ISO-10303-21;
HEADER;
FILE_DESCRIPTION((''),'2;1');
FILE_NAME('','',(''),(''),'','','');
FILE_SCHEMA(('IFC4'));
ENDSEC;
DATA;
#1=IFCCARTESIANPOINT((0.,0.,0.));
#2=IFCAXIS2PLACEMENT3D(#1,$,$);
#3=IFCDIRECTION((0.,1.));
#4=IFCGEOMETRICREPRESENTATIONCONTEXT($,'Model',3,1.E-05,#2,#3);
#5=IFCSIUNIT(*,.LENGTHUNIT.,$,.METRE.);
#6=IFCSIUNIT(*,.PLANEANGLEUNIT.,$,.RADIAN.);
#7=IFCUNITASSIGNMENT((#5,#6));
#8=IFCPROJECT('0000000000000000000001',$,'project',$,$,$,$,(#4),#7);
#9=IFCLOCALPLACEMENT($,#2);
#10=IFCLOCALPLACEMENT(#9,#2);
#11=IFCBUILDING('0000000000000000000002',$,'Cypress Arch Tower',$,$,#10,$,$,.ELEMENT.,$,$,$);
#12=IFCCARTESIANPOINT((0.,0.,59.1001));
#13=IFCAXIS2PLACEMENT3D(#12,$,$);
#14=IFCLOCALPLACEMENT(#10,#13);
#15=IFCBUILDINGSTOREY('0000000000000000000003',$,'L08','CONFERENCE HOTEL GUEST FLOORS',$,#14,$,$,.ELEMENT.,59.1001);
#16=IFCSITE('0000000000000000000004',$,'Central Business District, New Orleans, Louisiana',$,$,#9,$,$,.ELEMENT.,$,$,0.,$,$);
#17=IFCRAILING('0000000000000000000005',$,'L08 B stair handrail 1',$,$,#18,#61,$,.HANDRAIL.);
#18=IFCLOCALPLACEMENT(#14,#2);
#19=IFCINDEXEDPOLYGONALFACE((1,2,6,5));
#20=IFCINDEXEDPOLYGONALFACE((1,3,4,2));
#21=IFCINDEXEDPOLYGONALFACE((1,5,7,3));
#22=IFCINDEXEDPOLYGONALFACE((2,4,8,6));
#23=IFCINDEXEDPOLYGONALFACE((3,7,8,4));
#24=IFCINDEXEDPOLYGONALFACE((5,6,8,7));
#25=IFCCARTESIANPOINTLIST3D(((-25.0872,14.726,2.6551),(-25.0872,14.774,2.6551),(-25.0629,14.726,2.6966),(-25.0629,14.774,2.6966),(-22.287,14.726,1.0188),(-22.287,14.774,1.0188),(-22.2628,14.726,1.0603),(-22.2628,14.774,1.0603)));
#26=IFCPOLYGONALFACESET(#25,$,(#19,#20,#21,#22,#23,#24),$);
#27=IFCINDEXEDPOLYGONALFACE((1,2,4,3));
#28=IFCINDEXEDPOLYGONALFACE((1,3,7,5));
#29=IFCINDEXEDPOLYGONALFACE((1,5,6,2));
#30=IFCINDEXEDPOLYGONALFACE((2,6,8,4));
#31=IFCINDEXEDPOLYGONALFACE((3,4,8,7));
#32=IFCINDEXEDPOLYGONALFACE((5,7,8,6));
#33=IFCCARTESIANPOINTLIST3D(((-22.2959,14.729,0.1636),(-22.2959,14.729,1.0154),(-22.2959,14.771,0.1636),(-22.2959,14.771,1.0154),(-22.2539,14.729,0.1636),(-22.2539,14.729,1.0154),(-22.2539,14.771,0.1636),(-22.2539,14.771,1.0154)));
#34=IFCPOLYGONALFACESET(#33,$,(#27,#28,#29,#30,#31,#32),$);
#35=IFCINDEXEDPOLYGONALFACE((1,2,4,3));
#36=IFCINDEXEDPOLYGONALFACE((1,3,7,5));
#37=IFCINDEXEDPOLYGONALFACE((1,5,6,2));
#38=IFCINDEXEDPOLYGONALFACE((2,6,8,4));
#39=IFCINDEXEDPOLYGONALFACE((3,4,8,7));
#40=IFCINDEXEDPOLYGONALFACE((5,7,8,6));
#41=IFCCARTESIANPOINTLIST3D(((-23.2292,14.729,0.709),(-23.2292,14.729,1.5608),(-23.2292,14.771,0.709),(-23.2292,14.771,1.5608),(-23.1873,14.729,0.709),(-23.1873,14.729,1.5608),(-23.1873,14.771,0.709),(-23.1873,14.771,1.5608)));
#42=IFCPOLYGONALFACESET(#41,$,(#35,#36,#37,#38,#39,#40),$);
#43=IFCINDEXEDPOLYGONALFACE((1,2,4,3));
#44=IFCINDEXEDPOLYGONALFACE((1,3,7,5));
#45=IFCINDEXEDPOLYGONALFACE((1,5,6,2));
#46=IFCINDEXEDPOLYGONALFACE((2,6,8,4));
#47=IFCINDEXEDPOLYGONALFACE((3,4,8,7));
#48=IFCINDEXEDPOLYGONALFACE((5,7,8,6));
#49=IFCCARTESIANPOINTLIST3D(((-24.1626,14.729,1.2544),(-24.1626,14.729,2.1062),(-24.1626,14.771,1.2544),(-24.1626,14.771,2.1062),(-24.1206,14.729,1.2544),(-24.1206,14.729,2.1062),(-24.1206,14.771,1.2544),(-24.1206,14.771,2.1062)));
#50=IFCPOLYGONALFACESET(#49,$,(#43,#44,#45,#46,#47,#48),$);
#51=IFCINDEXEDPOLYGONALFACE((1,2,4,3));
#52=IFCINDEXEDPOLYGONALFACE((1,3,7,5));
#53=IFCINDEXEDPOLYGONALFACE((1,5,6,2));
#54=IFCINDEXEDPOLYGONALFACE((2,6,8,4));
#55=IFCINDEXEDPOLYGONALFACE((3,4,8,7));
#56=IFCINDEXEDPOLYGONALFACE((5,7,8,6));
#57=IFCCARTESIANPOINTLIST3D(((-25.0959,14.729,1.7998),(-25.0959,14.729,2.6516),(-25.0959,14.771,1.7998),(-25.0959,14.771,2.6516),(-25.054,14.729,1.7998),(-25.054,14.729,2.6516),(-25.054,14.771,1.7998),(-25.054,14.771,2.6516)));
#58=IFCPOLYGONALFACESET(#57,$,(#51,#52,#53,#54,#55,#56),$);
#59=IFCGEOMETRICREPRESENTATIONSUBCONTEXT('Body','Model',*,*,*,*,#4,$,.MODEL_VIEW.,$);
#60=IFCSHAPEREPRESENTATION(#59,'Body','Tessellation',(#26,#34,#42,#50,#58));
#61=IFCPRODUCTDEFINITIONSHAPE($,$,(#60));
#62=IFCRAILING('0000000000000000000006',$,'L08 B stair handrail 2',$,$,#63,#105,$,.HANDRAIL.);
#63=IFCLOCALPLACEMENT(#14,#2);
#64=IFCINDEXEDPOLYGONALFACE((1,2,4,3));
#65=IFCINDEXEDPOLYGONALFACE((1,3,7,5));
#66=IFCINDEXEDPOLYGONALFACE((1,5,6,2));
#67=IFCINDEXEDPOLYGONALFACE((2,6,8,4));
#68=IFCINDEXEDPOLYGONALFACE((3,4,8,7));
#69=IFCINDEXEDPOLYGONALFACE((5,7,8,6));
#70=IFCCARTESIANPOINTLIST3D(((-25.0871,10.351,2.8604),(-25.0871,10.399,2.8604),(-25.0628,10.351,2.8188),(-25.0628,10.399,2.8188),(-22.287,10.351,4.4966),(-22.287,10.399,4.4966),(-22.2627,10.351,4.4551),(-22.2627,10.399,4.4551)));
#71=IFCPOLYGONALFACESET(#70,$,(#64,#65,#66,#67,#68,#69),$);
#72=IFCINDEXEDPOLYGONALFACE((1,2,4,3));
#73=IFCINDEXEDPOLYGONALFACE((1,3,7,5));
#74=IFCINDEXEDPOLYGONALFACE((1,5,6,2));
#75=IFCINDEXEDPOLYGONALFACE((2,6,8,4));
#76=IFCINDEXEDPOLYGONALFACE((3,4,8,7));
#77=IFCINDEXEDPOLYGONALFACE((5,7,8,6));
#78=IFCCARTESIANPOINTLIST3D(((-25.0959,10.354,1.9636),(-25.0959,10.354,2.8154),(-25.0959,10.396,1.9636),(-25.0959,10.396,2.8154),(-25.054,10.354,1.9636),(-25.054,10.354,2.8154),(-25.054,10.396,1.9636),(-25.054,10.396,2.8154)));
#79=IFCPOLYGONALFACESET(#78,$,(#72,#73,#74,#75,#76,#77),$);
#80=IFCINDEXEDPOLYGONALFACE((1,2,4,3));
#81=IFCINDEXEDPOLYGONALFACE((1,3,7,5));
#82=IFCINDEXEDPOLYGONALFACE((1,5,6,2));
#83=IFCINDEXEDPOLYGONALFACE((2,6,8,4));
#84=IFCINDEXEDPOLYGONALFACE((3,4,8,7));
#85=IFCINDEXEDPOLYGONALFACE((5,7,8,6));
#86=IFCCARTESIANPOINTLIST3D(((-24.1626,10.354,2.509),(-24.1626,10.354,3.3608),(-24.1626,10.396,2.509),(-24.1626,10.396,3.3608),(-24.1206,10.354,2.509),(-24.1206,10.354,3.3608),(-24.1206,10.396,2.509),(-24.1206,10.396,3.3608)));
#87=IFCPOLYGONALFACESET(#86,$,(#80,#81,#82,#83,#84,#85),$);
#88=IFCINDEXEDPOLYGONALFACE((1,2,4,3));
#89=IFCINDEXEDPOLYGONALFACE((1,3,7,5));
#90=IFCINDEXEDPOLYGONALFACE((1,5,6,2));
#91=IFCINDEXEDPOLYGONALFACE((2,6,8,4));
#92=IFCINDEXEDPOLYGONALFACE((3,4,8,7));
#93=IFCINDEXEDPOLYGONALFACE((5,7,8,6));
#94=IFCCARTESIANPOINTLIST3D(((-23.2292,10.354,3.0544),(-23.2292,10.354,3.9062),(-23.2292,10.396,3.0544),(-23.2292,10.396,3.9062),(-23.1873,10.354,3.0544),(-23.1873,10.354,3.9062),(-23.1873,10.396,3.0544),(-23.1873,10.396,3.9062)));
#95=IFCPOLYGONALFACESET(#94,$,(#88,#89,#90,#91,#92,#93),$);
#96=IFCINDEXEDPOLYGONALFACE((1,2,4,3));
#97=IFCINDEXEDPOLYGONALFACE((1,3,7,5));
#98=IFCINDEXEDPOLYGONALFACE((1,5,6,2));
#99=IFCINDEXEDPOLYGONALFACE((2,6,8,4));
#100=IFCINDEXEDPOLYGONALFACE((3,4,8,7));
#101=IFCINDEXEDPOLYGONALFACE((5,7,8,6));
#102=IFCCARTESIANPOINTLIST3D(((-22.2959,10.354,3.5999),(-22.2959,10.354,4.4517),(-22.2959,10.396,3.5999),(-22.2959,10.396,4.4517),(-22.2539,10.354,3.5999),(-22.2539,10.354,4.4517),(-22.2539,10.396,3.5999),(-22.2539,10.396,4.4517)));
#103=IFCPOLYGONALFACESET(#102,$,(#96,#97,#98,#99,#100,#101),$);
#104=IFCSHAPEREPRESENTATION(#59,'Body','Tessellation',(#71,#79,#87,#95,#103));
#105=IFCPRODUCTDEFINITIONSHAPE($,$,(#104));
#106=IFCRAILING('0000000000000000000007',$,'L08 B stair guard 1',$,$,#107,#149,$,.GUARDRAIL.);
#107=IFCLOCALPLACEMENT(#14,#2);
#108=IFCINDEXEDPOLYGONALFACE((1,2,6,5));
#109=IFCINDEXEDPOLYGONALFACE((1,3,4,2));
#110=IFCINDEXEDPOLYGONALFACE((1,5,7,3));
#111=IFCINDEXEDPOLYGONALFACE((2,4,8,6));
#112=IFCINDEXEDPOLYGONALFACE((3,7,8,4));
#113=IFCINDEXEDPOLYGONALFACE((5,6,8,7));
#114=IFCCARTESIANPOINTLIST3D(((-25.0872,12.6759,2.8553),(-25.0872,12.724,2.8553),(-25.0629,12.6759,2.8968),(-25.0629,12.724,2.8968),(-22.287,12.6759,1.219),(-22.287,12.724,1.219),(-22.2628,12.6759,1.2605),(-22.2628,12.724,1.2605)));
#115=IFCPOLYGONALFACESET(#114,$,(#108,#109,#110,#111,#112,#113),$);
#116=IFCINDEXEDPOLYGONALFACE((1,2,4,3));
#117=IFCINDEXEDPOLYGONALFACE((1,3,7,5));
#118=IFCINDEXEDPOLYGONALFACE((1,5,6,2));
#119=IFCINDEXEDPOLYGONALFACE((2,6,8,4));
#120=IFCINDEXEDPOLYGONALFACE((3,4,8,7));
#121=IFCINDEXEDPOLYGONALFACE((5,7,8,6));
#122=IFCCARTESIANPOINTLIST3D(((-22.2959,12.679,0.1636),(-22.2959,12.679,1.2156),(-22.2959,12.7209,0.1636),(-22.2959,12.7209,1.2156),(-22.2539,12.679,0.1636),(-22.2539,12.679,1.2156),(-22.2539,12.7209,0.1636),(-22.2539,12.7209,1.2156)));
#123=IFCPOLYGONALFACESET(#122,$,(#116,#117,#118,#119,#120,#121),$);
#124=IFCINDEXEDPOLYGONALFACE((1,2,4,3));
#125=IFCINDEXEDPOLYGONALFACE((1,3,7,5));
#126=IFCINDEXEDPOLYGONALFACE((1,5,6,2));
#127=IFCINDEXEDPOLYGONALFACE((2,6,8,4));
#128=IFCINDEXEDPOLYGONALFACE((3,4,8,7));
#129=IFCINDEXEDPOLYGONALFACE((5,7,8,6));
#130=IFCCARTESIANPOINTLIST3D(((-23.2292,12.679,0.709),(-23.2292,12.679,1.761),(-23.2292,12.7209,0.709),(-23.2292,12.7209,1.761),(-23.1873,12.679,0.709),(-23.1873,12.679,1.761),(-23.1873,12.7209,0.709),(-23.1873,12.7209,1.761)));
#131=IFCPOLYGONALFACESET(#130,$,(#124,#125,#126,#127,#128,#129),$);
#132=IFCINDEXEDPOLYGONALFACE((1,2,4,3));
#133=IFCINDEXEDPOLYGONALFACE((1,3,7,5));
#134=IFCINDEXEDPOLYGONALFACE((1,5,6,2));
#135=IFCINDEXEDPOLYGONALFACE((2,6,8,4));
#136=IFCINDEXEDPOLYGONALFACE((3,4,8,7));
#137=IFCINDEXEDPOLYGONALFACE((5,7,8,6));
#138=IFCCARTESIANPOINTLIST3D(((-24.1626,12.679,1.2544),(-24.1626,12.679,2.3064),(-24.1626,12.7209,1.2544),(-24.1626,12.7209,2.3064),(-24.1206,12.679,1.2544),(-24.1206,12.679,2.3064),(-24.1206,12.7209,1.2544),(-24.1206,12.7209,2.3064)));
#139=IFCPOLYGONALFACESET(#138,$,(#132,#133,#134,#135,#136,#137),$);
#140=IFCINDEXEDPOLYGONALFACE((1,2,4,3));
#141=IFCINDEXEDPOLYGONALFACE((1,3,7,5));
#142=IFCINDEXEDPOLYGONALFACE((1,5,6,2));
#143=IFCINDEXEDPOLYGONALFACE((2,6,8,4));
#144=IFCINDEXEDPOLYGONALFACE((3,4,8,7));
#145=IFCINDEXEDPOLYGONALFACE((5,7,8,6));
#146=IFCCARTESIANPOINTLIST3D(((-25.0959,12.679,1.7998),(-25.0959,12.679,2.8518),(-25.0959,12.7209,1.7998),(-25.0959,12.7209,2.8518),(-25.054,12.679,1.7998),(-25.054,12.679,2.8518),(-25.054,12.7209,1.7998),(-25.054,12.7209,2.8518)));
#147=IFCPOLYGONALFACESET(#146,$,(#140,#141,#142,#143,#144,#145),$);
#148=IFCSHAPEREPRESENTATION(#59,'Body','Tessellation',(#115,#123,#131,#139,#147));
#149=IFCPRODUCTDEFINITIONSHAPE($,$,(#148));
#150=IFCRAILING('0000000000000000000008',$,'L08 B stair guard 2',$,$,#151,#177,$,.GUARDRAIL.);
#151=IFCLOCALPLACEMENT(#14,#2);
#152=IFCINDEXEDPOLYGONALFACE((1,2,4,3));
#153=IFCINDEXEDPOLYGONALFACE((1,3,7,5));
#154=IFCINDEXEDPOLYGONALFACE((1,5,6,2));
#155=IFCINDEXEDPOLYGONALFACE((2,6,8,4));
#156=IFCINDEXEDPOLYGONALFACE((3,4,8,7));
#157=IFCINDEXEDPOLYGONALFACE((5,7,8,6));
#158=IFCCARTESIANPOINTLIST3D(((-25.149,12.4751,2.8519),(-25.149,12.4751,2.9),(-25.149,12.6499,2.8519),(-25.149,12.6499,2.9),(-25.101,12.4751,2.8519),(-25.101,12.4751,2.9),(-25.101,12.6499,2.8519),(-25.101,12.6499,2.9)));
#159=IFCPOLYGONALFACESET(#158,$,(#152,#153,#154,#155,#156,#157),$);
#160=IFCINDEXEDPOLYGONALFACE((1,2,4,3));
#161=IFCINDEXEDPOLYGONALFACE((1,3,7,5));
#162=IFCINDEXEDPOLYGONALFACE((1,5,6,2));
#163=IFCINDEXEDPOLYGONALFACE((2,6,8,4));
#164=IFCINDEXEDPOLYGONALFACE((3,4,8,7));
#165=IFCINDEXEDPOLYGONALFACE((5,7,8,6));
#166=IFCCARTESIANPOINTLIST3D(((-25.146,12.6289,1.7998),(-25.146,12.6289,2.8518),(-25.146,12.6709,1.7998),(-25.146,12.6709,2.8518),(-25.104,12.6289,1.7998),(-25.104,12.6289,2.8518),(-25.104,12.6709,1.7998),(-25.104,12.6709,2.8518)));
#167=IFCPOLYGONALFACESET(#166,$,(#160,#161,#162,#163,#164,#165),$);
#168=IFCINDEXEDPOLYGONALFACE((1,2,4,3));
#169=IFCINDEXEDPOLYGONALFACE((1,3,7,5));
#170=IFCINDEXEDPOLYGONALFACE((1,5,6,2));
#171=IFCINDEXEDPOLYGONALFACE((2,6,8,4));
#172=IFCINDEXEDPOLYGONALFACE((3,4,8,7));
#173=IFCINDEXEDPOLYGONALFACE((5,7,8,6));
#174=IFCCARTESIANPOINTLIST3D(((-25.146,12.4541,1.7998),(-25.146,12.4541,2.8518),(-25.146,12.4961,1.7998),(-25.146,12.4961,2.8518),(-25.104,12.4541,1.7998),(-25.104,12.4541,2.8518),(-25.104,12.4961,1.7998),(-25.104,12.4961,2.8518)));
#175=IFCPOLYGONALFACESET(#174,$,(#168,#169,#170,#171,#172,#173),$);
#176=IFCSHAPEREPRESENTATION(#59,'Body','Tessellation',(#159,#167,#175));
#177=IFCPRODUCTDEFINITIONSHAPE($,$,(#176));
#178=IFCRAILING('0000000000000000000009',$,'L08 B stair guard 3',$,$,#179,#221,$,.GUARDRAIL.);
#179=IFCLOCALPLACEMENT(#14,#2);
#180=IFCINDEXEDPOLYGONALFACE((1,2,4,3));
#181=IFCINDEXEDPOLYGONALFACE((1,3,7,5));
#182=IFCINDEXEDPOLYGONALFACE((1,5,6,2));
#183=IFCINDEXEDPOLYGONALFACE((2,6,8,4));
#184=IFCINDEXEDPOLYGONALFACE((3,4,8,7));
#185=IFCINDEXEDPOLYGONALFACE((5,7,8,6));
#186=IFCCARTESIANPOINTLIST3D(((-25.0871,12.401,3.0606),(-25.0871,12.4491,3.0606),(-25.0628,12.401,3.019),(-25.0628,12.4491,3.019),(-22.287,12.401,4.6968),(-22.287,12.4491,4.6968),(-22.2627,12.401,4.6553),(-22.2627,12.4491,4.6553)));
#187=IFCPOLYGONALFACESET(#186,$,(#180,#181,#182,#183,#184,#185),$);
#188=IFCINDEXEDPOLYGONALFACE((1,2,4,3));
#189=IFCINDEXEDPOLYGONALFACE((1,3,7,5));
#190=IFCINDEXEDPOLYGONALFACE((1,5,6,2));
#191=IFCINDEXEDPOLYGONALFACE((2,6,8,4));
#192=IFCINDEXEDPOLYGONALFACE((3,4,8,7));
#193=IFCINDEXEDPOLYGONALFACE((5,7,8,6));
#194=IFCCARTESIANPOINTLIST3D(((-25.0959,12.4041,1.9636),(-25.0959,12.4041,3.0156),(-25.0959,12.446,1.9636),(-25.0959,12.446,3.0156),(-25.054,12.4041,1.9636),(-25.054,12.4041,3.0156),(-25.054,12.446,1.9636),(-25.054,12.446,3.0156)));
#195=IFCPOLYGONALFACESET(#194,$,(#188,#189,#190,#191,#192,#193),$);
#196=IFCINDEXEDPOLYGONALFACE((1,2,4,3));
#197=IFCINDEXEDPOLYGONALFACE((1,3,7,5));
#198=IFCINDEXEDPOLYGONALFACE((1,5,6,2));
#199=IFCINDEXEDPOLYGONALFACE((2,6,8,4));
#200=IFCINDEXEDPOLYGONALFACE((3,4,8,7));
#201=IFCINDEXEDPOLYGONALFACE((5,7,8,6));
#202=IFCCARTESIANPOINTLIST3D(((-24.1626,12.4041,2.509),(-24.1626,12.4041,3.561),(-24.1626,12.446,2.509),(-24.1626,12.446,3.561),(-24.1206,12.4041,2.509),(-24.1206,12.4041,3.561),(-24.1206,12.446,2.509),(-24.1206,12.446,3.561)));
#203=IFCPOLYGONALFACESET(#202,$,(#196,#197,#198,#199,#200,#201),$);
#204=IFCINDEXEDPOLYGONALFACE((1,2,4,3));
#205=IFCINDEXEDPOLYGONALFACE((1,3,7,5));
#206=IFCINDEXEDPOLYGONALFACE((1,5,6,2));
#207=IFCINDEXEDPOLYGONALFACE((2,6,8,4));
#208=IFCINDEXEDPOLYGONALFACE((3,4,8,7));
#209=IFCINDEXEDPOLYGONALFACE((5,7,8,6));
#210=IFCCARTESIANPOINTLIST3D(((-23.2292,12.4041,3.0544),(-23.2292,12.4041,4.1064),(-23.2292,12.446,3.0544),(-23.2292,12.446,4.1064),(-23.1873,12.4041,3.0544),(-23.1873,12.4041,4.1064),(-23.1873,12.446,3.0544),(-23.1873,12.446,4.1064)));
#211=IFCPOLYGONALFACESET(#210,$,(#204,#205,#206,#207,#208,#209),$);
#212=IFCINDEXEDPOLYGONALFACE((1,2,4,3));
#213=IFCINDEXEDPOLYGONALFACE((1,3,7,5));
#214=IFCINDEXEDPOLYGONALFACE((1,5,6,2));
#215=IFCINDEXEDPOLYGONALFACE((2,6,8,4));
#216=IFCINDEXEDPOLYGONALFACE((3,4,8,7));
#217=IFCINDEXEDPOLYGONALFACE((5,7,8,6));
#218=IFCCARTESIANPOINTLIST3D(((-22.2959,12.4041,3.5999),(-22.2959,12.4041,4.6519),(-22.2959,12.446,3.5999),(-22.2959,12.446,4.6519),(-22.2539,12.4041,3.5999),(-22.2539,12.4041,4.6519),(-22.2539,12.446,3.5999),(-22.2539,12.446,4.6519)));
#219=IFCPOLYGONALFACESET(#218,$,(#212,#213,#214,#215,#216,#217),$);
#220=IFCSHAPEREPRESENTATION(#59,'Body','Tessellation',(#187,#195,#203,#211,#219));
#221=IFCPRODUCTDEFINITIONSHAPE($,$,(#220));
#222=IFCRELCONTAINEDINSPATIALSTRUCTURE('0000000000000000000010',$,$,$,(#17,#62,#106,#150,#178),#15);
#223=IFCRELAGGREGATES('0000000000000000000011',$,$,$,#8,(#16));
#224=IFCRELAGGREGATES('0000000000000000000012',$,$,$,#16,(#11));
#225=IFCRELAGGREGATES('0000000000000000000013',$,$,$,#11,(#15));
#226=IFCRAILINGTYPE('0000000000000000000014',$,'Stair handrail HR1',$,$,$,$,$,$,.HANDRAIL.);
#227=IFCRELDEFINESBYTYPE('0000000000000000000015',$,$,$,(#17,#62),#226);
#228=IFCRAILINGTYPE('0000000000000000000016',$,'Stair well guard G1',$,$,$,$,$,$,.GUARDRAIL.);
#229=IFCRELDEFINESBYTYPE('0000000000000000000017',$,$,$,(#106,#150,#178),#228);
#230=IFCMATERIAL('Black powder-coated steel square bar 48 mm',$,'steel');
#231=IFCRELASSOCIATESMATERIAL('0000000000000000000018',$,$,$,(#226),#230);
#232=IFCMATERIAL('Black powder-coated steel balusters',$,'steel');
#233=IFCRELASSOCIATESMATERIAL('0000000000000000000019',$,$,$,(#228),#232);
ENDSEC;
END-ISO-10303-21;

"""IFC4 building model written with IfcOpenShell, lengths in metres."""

from ifc_helpers import new_model, si_unit, direction, frame, origin, origin_2d, place, context, subcontext, project, spatial, rectangle, extrude, material, type_object, element, save


model = new_model("IFC4")

# Units and contexts
model_context = context("Model", 3, precision=1e-05, world=origin(), true_north=direction((0.0, 1.0)))
body_context = subcontext(model_context, "Body", "Model", "MODEL_VIEW")
ifc_project = project(units=[si_unit("LENGTHUNIT", "METRE"), si_unit("PLANEANGLEUNIT", "RADIAN")], contexts=[model_context])

# Site, building, storey
site_placement = place(None, origin())
site = spatial("IfcSite", under=ifc_project, at=site_placement, Name="Central Business District, New Orleans, Louisiana", CompositionType="ELEMENT", RefElevation=0.0)
building_placement = place(site_placement, origin())
building = spatial("IfcBuilding", under=site, at=building_placement, Name="Cypress Arch Tower", CompositionType="ELEMENT")
storey_placement = place(building_placement, frame((0.0, 0.0, 59.1001)))
storey = spatial("IfcBuildingStorey", under=building, at=storey_placement, Name="L08", Description="CONFERENCE HOTEL GUEST FLOORS", CompositionType="ELEMENT", Elevation=59.1001)

# Railings
ifc_material_1 = material(Name="Black powder-coated steel square bar 48 mm", Category="steel")
railing_type_1 = type_object("IfcRailingType", Name="Stair handrail HR1", PredefinedType="HANDRAIL", material=ifc_material_1)
railing_1_placement = place(storey_placement, frame((-22.2749, 14.75, 0.1636)))
element("IfcRailing", 1, at=railing_1_placement, inside=storey, type_object=railing_type_1, Name="L08 B stair handrail 1", PredefinedType="HANDRAIL", context=body_context, shape_type="SweptSolid", body=[
    extrude(rectangle(XDim=0.0481, YDim=0.0481, at=origin_2d()), frame((0.0, 0.0, 0.876), z_axis=(-0.863394, 0.0, 0.504531), x_axis=(0.0, -1.0, 0.0)), (0.0, 0.0, 1.0), 3.2432),
    extrude(rectangle(XDim=0.042, YDim=0.042, at=origin_2d()), origin(), (0.0, 0.0, 1.0), 0.8518),
    extrude(rectangle(XDim=0.042, YDim=0.042, at=origin_2d()), frame((-0.9333, 0.0, 0.5454)), (0.0, 0.0, 1.0), 0.8518),
    extrude(rectangle(XDim=0.042, YDim=0.042, at=origin_2d()), frame((-1.8667, 0.0, 1.0908)), (0.0, 0.0, 1.0), 0.8518),
    extrude(rectangle(XDim=0.042, YDim=0.042, at=origin_2d()), frame((-2.8, 0.0, 1.6362)), (0.0, 0.0, 1.0), 0.8518),
])
railing_2_placement = place(storey_placement, frame((-25.075, 10.375, 1.9636)))
element("IfcRailing", 2, at=railing_2_placement, inside=storey, type_object=railing_type_1, Name="L08 B stair handrail 2", PredefinedType="HANDRAIL", context=body_context, shape_type="SweptSolid", body=[
    extrude(rectangle(XDim=0.0481, YDim=0.0481, at=origin_2d()), frame((0.0, 0.0, 0.876), z_axis=(0.863394, 0.0, 0.504531), x_axis=(0.0, 1.0, 0.0)), (0.0, 0.0, 1.0), 3.2432),
    extrude(rectangle(XDim=0.042, YDim=0.042, at=origin_2d()), origin(), (0.0, 0.0, 1.0), 0.8518),
    extrude(rectangle(XDim=0.042, YDim=0.042, at=origin_2d()), frame((0.9333, 0.0, 0.5454)), (0.0, 0.0, 1.0), 0.8518),
    extrude(rectangle(XDim=0.042, YDim=0.042, at=origin_2d()), frame((1.8667, 0.0, 1.0908)), (0.0, 0.0, 1.0), 0.8518),
    extrude(rectangle(XDim=0.042, YDim=0.042, at=origin_2d()), frame((2.8, 0.0, 1.6362)), (0.0, 0.0, 1.0), 0.8518),
])
ifc_material_2 = material(Name="Black powder-coated steel balusters", Category="steel")
railing_type_2 = type_object("IfcRailingType", Name="Stair well guard G1", PredefinedType="GUARDRAIL", material=ifc_material_2)
railing_3_placement = place(storey_placement, frame((-22.2749, 12.7, 0.1636)))
element("IfcRailing", 3, at=railing_3_placement, inside=storey, type_object=railing_type_2, Name="L08 B stair guard 1", PredefinedType="GUARDRAIL", context=body_context, shape_type="SweptSolid", body=[
    extrude(rectangle(XDim=0.0481, YDim=0.0481, at=origin_2d()), frame((0.0, 0.0, 1.0762), z_axis=(-0.863394, 0.0, 0.504531), x_axis=(0.0, -1.0, 0.0)), (0.0, 0.0, 1.0), 3.2432),
    extrude(rectangle(XDim=0.042, YDim=0.042, at=origin_2d()), origin(), (0.0, 0.0, 1.0), 1.052),
    extrude(rectangle(XDim=0.042, YDim=0.042, at=origin_2d()), frame((-0.9333, 0.0, 0.5454)), (0.0, 0.0, 1.0), 1.052),
    extrude(rectangle(XDim=0.042, YDim=0.042, at=origin_2d()), frame((-1.8667, 0.0, 1.0908)), (0.0, 0.0, 1.0), 1.052),
    extrude(rectangle(XDim=0.042, YDim=0.042, at=origin_2d()), frame((-2.8, 0.0, 1.6362)), (0.0, 0.0, 1.0), 1.052),
])
railing_4_placement = place(storey_placement, frame((-25.125, 12.6499, 1.7998)))
element("IfcRailing", 4, at=railing_4_placement, inside=storey, type_object=railing_type_2, Name="L08 B stair guard 2", PredefinedType="GUARDRAIL", context=body_context, shape_type="SweptSolid", body=[
    extrude(rectangle(XDim=0.0481, YDim=0.0481, at=origin_2d()), frame((0.0, 0.0, 1.0762), z_axis=(0.0, -1.0, 0.0), x_axis=(1.0, 0.0, 0.0)), (0.0, 0.0, 1.0), 0.1748),
    extrude(rectangle(XDim=0.042, YDim=0.042, at=origin_2d()), origin(), (0.0, 0.0, 1.0), 1.052),
    extrude(rectangle(XDim=0.042, YDim=0.042, at=origin_2d()), frame((0.0, -0.1748, 0.0)), (0.0, 0.0, 1.0), 1.052),
])
railing_5_placement = place(storey_placement, frame((-25.075, 12.425, 1.9636)))
element("IfcRailing", 5, at=railing_5_placement, inside=storey, type_object=railing_type_2, Name="L08 B stair guard 3", PredefinedType="GUARDRAIL", context=body_context, shape_type="SweptSolid", body=[
    extrude(rectangle(XDim=0.0481, YDim=0.0481, at=origin_2d()), frame((0.0, 0.0, 1.0762), z_axis=(0.863394, 0.0, 0.504531), x_axis=(0.0, 1.0, 0.0)), (0.0, 0.0, 1.0), 3.2432),
    extrude(rectangle(XDim=0.042, YDim=0.042, at=origin_2d()), origin(), (0.0, 0.0, 1.0), 1.052),
    extrude(rectangle(XDim=0.042, YDim=0.042, at=origin_2d()), frame((0.9333, 0.0, 0.5454)), (0.0, 0.0, 1.0), 1.052),
    extrude(rectangle(XDim=0.042, YDim=0.042, at=origin_2d()), frame((1.8667, 0.0, 1.0908)), (0.0, 0.0, 1.0), 1.052),
    extrude(rectangle(XDim=0.042, YDim=0.042, at=origin_2d()), frame((2.8, 0.0, 1.6362)), (0.0, 0.0, 1.0), 1.052),
])

save(model, "model.ifc")
